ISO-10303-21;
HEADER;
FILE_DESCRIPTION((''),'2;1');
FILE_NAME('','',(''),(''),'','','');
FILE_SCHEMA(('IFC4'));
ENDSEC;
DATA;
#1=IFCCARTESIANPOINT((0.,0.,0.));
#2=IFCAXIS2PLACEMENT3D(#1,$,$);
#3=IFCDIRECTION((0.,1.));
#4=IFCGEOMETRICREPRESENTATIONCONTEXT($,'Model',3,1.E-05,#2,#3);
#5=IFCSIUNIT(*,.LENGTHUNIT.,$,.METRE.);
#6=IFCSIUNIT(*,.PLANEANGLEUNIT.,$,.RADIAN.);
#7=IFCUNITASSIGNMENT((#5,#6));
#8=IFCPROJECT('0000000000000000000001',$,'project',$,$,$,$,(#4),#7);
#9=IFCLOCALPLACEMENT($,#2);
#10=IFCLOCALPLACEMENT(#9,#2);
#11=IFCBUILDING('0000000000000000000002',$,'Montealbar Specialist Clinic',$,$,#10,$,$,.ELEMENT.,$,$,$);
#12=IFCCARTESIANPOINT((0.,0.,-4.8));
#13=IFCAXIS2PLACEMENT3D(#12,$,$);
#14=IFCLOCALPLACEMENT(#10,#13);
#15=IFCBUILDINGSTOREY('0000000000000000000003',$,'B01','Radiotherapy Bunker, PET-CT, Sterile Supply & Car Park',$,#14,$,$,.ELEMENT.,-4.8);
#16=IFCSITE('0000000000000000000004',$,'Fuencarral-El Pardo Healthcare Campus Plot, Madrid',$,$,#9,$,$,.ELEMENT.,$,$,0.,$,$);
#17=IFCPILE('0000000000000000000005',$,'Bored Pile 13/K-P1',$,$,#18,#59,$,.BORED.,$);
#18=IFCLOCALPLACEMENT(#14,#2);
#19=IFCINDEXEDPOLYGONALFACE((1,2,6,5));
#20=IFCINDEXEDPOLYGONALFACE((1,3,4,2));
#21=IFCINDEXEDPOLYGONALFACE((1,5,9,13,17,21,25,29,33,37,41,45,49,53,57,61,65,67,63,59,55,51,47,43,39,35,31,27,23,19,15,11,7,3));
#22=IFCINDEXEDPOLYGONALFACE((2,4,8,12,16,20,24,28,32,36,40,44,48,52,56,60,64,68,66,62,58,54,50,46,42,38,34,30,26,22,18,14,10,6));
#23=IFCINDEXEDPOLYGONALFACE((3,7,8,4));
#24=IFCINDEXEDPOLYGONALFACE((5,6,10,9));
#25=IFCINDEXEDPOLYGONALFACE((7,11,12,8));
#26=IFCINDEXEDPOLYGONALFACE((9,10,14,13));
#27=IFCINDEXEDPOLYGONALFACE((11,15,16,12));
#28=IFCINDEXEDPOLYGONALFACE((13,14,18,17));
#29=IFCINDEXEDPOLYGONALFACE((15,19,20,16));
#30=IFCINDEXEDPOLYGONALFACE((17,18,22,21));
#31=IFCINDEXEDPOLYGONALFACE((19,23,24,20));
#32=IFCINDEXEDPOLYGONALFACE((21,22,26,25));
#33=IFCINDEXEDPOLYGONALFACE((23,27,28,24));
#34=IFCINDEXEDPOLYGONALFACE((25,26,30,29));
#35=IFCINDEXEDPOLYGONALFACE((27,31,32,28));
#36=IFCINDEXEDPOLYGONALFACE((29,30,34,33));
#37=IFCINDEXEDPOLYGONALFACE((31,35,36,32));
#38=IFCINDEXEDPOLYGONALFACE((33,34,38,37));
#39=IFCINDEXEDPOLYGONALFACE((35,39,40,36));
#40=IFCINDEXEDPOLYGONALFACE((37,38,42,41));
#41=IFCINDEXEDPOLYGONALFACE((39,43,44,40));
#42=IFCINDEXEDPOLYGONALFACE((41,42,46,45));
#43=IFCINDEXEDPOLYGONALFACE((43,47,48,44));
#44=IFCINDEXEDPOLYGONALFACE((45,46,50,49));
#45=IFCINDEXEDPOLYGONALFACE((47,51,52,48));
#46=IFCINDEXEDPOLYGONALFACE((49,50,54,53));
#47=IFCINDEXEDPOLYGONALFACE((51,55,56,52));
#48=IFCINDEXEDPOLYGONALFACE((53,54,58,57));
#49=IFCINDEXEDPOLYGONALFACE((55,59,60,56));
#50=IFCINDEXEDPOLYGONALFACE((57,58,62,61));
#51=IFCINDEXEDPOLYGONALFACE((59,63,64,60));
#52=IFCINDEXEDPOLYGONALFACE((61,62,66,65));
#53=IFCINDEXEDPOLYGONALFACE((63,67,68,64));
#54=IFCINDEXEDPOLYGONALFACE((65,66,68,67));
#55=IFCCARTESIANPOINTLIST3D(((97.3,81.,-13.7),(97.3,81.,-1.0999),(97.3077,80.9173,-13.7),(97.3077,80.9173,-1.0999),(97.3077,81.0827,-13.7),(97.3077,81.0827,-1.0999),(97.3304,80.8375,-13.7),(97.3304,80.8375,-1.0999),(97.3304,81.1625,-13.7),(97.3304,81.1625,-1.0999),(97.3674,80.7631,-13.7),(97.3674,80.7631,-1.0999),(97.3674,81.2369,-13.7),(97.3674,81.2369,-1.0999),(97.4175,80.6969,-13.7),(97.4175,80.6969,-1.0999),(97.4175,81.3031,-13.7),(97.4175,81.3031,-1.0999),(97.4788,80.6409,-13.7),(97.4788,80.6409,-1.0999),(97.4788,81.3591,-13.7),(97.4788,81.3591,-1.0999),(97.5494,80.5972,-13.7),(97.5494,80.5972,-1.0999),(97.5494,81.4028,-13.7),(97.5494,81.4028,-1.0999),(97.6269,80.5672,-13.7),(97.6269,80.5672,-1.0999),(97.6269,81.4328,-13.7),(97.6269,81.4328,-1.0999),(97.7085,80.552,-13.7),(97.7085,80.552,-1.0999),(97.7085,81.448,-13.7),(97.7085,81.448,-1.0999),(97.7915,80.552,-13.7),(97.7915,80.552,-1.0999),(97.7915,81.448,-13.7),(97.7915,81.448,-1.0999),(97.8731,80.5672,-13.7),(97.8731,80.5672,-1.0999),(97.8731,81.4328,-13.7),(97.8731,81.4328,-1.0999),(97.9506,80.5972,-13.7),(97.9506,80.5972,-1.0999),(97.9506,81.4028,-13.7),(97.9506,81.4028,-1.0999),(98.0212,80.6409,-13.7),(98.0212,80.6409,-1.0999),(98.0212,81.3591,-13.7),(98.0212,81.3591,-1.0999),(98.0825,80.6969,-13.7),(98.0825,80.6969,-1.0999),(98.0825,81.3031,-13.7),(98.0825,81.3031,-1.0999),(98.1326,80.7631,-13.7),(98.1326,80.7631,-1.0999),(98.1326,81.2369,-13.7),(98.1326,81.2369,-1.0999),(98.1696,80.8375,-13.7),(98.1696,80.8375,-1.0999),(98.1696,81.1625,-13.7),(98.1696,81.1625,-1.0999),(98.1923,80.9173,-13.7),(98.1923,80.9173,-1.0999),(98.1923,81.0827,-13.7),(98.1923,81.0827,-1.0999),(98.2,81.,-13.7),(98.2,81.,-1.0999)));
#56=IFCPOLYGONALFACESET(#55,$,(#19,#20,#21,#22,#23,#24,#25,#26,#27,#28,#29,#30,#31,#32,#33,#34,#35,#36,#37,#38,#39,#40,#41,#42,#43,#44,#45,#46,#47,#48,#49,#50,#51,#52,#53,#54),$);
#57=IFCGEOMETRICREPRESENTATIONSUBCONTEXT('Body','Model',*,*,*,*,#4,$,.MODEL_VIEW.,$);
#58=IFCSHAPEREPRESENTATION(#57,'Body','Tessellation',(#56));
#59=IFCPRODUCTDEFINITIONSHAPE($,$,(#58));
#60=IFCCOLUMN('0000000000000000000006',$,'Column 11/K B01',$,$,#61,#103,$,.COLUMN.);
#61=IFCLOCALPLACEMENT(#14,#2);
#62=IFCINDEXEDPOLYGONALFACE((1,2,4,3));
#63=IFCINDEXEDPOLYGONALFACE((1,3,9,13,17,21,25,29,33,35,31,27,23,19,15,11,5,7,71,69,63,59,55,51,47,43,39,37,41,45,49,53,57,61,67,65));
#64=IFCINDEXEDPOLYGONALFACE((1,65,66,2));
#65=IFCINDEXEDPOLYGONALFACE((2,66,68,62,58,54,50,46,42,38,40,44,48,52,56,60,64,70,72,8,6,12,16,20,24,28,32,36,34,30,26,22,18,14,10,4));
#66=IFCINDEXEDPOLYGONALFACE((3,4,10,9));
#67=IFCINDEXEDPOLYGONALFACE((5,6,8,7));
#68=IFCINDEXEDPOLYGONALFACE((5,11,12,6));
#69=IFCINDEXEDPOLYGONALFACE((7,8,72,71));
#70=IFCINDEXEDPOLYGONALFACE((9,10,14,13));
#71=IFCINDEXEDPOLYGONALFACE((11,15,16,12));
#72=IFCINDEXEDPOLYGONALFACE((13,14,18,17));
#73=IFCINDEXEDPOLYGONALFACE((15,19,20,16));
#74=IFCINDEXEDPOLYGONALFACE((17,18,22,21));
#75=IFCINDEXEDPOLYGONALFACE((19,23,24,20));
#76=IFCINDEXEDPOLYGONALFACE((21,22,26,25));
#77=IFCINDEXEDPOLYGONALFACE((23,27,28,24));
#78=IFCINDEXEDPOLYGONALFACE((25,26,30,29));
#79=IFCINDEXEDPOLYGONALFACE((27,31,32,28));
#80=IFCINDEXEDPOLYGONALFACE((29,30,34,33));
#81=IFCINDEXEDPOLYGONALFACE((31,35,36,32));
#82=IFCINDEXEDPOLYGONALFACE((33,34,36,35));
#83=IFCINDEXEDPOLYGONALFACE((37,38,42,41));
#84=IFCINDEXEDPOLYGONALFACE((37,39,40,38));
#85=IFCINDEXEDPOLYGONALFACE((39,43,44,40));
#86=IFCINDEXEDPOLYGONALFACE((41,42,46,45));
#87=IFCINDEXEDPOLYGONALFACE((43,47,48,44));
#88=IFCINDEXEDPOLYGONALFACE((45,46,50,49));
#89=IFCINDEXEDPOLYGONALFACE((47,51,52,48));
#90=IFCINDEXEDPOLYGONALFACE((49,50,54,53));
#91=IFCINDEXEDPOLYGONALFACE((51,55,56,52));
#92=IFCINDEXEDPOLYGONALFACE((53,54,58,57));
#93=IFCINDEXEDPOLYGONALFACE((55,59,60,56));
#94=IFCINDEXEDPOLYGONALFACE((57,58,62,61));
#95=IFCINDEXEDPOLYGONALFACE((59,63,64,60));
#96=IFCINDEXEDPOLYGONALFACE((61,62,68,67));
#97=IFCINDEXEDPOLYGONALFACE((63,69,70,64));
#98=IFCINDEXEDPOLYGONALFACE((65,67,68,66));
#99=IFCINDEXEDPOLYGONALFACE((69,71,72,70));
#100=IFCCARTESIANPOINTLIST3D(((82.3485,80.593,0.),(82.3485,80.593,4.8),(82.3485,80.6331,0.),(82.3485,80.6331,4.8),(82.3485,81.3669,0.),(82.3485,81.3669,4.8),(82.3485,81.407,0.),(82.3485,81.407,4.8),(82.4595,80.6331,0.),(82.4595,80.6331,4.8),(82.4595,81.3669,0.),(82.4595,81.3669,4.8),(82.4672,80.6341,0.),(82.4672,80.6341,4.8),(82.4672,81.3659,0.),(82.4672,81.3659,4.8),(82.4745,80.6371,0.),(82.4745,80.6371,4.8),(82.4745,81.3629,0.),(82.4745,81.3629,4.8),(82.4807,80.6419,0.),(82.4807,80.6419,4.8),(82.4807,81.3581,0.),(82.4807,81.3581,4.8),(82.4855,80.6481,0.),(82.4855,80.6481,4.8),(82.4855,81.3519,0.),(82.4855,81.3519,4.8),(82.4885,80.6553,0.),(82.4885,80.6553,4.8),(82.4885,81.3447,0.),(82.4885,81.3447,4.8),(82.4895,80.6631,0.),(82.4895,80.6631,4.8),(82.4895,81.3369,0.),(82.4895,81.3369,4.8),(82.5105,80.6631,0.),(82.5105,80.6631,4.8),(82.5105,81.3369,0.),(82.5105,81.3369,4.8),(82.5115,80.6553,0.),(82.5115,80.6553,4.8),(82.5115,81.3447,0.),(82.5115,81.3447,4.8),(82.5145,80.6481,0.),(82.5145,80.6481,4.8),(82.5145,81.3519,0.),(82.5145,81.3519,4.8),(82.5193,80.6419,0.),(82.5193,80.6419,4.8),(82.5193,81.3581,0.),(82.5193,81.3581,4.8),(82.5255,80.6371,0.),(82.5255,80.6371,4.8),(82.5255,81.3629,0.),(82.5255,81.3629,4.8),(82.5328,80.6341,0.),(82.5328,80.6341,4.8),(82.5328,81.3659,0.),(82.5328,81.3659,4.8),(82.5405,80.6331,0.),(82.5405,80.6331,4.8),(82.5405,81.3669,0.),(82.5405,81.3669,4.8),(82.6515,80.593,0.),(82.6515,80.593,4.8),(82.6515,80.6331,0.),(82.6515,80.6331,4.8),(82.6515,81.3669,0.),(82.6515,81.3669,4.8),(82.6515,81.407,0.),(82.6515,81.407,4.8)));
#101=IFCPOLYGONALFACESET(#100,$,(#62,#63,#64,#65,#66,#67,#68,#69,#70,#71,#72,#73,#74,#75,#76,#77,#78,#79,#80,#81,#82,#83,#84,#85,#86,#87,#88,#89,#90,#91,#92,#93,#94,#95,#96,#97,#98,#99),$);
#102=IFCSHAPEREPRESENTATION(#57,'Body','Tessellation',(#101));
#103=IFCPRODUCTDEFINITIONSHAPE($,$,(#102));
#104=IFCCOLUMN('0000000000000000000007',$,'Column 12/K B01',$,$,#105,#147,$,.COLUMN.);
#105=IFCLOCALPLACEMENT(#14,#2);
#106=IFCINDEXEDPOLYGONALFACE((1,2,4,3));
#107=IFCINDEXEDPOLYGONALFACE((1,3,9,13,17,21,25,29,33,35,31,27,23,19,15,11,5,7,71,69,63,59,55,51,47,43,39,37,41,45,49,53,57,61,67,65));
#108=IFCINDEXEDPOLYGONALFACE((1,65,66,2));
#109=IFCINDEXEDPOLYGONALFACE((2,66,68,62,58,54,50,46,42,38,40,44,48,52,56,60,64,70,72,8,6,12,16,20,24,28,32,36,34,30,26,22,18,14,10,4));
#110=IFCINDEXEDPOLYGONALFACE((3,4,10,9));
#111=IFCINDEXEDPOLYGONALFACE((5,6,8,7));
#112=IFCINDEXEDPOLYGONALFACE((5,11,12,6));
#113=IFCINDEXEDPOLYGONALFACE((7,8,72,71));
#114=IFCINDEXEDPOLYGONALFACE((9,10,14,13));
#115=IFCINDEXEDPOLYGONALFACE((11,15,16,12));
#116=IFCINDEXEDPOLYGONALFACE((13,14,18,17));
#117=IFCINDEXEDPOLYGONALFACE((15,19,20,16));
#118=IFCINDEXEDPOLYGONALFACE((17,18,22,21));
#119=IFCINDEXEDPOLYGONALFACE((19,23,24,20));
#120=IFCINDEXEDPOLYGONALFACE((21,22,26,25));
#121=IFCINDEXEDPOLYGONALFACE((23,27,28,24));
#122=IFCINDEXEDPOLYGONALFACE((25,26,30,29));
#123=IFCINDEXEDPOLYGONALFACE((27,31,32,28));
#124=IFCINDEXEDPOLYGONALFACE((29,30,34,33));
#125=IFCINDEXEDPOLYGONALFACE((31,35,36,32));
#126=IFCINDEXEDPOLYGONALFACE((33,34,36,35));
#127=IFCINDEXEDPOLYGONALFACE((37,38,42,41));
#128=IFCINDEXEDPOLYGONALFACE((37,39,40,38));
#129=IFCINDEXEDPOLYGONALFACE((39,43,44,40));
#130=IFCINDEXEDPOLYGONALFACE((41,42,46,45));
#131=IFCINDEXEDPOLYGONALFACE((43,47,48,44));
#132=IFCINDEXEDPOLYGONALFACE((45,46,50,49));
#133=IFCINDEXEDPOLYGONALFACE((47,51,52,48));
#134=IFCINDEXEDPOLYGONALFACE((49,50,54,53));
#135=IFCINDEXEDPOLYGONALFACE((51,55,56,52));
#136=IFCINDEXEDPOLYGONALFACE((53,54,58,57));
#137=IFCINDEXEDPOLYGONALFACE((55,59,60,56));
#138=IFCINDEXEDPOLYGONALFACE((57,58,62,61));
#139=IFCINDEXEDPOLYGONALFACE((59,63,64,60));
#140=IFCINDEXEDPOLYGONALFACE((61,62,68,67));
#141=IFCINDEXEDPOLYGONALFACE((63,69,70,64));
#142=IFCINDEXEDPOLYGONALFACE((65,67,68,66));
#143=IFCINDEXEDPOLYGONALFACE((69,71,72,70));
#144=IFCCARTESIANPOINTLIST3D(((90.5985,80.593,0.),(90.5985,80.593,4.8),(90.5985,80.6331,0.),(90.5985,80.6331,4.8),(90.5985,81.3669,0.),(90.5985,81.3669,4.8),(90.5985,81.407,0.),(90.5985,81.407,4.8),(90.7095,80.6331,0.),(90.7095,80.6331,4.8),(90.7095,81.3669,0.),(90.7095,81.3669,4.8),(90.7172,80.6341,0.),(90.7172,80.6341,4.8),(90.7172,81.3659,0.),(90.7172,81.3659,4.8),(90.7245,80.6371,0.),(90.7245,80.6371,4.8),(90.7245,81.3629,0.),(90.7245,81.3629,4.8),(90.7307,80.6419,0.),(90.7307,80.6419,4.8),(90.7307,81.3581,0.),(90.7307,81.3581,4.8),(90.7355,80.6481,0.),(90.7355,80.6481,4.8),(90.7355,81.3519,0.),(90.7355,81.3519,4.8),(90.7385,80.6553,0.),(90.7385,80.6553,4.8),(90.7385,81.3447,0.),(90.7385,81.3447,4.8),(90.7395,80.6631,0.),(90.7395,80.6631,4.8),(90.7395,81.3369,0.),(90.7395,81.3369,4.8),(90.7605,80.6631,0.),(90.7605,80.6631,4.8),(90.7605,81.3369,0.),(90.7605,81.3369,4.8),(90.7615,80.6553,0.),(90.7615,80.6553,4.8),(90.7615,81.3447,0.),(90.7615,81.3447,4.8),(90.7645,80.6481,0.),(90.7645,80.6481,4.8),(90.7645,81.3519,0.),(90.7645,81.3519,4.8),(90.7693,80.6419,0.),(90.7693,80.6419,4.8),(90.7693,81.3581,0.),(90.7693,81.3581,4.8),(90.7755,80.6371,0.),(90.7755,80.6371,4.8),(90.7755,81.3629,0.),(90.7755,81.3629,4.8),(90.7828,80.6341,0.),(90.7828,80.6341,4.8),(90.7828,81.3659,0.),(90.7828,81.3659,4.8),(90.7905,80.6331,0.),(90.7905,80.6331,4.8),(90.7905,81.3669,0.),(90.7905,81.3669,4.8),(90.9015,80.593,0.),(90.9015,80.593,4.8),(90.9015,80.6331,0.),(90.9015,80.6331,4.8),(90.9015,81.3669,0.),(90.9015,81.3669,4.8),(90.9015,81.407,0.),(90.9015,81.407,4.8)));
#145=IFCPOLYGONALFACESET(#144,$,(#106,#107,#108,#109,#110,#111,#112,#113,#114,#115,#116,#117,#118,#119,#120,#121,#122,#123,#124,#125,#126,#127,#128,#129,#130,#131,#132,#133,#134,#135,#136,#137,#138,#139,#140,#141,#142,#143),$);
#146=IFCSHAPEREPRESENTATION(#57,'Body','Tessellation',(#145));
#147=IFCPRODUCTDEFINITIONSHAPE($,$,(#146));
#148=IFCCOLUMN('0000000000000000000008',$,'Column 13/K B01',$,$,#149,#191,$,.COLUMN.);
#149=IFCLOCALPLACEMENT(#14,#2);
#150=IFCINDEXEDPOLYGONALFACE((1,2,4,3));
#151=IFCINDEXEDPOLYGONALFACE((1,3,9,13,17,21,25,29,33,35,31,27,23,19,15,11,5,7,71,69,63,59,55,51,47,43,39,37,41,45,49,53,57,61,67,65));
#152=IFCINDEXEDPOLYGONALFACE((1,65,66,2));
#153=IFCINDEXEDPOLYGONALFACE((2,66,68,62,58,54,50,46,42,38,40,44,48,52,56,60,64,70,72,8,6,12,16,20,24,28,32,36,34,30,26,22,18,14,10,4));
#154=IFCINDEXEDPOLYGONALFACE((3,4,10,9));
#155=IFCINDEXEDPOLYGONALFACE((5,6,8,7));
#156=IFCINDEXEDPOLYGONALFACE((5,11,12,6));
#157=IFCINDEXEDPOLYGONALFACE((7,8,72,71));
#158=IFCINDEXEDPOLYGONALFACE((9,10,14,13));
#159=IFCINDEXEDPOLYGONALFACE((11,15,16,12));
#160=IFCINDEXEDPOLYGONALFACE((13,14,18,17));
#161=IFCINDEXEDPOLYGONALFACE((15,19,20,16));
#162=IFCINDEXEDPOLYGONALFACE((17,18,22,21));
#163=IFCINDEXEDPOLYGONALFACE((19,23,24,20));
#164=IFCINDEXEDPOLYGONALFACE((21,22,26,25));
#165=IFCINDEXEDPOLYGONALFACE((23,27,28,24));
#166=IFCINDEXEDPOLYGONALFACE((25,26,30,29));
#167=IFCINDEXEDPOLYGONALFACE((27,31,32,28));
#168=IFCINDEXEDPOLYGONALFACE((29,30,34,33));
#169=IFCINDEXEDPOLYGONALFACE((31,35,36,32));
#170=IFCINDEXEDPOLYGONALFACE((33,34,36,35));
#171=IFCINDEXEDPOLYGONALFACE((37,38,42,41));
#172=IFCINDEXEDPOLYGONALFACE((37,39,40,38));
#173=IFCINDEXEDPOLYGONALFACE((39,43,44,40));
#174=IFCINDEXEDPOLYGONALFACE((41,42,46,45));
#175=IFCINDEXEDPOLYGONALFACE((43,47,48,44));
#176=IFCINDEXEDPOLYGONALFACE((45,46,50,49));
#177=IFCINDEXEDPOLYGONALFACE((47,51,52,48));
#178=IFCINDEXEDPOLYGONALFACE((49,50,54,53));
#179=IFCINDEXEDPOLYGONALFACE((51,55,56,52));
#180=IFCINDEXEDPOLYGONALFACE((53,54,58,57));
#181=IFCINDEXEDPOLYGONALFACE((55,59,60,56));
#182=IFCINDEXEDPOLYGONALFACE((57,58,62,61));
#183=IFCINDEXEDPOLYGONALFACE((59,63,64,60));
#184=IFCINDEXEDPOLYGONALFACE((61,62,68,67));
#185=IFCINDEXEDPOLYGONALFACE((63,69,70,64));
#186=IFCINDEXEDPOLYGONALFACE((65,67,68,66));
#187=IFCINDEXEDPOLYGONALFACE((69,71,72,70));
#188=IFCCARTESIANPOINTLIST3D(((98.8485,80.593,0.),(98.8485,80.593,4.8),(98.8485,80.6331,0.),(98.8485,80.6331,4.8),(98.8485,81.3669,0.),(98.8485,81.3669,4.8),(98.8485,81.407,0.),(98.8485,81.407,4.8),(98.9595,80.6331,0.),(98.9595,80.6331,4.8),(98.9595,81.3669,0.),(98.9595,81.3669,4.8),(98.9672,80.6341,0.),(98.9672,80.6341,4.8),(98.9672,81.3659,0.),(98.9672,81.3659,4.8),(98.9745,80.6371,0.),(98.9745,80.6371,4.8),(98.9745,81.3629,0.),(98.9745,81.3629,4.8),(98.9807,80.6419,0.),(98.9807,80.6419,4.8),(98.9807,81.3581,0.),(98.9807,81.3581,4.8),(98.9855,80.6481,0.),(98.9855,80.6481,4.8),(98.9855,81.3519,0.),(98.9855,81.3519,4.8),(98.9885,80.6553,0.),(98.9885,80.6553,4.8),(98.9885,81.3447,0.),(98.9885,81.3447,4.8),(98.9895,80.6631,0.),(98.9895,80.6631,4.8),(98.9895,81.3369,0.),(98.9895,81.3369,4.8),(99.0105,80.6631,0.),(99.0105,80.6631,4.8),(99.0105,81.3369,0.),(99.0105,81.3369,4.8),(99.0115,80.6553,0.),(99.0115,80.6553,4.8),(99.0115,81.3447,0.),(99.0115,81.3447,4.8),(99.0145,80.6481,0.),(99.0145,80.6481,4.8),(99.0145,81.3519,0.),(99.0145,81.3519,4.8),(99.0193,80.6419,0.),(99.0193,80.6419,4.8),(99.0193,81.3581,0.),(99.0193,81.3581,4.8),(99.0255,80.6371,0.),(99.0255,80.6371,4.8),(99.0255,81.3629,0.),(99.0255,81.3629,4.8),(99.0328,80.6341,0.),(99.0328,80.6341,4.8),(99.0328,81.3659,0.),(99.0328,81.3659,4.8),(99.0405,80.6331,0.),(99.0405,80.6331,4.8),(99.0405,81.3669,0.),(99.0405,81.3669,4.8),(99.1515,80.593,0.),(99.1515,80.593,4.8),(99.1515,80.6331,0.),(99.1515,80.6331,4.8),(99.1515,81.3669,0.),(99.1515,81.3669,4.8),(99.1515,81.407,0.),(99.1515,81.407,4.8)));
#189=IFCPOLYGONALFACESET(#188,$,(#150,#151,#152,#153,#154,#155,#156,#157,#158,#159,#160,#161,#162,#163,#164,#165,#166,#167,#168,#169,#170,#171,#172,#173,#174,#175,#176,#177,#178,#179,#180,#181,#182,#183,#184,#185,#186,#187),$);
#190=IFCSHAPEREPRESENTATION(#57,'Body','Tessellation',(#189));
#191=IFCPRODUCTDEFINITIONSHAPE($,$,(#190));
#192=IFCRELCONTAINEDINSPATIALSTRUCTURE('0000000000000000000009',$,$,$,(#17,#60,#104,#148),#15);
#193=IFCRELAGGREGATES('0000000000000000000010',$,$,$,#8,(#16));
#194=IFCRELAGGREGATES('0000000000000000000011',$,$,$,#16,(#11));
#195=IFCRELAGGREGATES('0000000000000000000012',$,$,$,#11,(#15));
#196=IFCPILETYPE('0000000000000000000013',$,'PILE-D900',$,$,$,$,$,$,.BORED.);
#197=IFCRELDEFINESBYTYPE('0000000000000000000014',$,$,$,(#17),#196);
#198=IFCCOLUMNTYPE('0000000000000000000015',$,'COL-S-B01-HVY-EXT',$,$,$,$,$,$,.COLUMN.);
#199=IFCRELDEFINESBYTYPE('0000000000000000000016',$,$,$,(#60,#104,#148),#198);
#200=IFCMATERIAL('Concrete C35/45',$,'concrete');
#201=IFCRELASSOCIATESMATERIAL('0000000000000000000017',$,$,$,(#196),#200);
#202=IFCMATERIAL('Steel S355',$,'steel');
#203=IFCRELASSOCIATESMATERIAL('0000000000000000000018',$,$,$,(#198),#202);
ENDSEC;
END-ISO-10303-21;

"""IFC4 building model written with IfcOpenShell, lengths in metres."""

from ifc_helpers import new_model, si_unit, direction, frame, origin, origin_2d, place, context, subcontext, project, spatial, circle, i_section, extrude, material, material_profile, profile_set, type_object, element, save


model = new_model("IFC4")

# Units and contexts
model_context = context("Model", 3, precision=1e-05, world=origin(), true_north=direction((0.0, 1.0)))
body_context = subcontext(model_context, "Body", "Model", "MODEL_VIEW")
ifc_project = project(units=[si_unit("LENGTHUNIT", "METRE"), si_unit("PLANEANGLEUNIT", "RADIAN")], contexts=[model_context])

# Site, building, storey
site_placement = place(None, origin())
site = spatial("IfcSite", under=ifc_project, at=site_placement, Name="Fuencarral-El Pardo Healthcare Campus Plot, Madrid", CompositionType="ELEMENT", RefElevation=0.0)
building_placement = place(site_placement, origin())
building = spatial("IfcBuilding", under=site, at=building_placement, Name="Montealbar Specialist Clinic", CompositionType="ELEMENT")
storey_placement = place(building_placement, frame((0.0, 0.0, -4.8)))
storey = spatial("IfcBuildingStorey", under=building, at=storey_placement, Name="B01", Description="Radiotherapy Bunker, PET-CT, Sterile Supply & Car Park", CompositionType="ELEMENT", Elevation=-4.8)

# Shared definitions
ifc_material_1 = material(Name="Concrete C35/45", Category="concrete")

# Pile
ifc_material_profile_1 = material_profile(ifc_material_1, circle(Radius=0.45, at=origin_2d()), Name="PILE D900", Category="concrete")
ifc_profile_set_1 = profile_set([ifc_material_profile_1], Name="Concrete C35/45")
pile_type_1 = type_object("IfcPileType", Name="PILE-D900", PredefinedType="BORED", material=ifc_profile_set_1)
pile_1_placement = place(storey_placement, frame((97.75, 81.0, -1.0999), z_axis=(0.0, 0.0, -1.0), x_axis=(1.0, 0.0, 0.0)))
element("IfcPile", 1, at=pile_1_placement, inside=storey, type_object=pile_type_1, Name="Bored Pile 13/K-P1", PredefinedType="BORED", context=body_context, shape_type="SweptSolid", body=[
    extrude(circle(Radius=0.45, at=origin_2d()), origin(), (0.0, 0.0, 1.0), 12.6001),
])

# Columns
ifc_material_2 = material(Name="Steel S355", Category="steel")
ifc_material_profile_2 = material_profile(ifc_material_2, i_section(OverallWidth=0.303, OverallDepth=0.814, WebThickness=0.021, FlangeThickness=0.04, FilletRadius=0.03, at=origin_2d()), Name="HEM 800", Category="steel")
ifc_profile_set_2 = profile_set([ifc_material_profile_2], Name="Steel S355")
column_type_1 = type_object("IfcColumnType", Name="COL-S-B01-HVY-EXT", PredefinedType="COLUMN", material=ifc_profile_set_2)
for number, where, z_axis, x_axis, name in (
    (2, (82.5, 81.0, 0.0), (0.0, 0.0, 1.0), (1.0, 0.0, 0.0), "Column 11/K B01"),
    (3, (90.75, 81.0, 0.0), (0.0, 0.0, 1.0), (1.0, 0.0, 0.0), "Column 12/K B01"),
    (4, (99.0, 81.0, 0.0), (0.0, 0.0, 1.0), (1.0, 0.0, 0.0), "Column 13/K B01"),
):
    element("IfcColumn", number, at=place(storey_placement, frame(where, z_axis=z_axis, x_axis=x_axis)), inside=storey, type_object=column_type_1, Name=name, PredefinedType="COLUMN", context=body_context, shape_type="SweptSolid", body=[
        extrude(i_section(OverallWidth=0.303, OverallDepth=0.814, WebThickness=0.021, FlangeThickness=0.04, FilletRadius=0.03, at=origin_2d()), origin(), (0.0, 0.0, 1.0), 4.8),
    ])

save(model, "model.ifc")
